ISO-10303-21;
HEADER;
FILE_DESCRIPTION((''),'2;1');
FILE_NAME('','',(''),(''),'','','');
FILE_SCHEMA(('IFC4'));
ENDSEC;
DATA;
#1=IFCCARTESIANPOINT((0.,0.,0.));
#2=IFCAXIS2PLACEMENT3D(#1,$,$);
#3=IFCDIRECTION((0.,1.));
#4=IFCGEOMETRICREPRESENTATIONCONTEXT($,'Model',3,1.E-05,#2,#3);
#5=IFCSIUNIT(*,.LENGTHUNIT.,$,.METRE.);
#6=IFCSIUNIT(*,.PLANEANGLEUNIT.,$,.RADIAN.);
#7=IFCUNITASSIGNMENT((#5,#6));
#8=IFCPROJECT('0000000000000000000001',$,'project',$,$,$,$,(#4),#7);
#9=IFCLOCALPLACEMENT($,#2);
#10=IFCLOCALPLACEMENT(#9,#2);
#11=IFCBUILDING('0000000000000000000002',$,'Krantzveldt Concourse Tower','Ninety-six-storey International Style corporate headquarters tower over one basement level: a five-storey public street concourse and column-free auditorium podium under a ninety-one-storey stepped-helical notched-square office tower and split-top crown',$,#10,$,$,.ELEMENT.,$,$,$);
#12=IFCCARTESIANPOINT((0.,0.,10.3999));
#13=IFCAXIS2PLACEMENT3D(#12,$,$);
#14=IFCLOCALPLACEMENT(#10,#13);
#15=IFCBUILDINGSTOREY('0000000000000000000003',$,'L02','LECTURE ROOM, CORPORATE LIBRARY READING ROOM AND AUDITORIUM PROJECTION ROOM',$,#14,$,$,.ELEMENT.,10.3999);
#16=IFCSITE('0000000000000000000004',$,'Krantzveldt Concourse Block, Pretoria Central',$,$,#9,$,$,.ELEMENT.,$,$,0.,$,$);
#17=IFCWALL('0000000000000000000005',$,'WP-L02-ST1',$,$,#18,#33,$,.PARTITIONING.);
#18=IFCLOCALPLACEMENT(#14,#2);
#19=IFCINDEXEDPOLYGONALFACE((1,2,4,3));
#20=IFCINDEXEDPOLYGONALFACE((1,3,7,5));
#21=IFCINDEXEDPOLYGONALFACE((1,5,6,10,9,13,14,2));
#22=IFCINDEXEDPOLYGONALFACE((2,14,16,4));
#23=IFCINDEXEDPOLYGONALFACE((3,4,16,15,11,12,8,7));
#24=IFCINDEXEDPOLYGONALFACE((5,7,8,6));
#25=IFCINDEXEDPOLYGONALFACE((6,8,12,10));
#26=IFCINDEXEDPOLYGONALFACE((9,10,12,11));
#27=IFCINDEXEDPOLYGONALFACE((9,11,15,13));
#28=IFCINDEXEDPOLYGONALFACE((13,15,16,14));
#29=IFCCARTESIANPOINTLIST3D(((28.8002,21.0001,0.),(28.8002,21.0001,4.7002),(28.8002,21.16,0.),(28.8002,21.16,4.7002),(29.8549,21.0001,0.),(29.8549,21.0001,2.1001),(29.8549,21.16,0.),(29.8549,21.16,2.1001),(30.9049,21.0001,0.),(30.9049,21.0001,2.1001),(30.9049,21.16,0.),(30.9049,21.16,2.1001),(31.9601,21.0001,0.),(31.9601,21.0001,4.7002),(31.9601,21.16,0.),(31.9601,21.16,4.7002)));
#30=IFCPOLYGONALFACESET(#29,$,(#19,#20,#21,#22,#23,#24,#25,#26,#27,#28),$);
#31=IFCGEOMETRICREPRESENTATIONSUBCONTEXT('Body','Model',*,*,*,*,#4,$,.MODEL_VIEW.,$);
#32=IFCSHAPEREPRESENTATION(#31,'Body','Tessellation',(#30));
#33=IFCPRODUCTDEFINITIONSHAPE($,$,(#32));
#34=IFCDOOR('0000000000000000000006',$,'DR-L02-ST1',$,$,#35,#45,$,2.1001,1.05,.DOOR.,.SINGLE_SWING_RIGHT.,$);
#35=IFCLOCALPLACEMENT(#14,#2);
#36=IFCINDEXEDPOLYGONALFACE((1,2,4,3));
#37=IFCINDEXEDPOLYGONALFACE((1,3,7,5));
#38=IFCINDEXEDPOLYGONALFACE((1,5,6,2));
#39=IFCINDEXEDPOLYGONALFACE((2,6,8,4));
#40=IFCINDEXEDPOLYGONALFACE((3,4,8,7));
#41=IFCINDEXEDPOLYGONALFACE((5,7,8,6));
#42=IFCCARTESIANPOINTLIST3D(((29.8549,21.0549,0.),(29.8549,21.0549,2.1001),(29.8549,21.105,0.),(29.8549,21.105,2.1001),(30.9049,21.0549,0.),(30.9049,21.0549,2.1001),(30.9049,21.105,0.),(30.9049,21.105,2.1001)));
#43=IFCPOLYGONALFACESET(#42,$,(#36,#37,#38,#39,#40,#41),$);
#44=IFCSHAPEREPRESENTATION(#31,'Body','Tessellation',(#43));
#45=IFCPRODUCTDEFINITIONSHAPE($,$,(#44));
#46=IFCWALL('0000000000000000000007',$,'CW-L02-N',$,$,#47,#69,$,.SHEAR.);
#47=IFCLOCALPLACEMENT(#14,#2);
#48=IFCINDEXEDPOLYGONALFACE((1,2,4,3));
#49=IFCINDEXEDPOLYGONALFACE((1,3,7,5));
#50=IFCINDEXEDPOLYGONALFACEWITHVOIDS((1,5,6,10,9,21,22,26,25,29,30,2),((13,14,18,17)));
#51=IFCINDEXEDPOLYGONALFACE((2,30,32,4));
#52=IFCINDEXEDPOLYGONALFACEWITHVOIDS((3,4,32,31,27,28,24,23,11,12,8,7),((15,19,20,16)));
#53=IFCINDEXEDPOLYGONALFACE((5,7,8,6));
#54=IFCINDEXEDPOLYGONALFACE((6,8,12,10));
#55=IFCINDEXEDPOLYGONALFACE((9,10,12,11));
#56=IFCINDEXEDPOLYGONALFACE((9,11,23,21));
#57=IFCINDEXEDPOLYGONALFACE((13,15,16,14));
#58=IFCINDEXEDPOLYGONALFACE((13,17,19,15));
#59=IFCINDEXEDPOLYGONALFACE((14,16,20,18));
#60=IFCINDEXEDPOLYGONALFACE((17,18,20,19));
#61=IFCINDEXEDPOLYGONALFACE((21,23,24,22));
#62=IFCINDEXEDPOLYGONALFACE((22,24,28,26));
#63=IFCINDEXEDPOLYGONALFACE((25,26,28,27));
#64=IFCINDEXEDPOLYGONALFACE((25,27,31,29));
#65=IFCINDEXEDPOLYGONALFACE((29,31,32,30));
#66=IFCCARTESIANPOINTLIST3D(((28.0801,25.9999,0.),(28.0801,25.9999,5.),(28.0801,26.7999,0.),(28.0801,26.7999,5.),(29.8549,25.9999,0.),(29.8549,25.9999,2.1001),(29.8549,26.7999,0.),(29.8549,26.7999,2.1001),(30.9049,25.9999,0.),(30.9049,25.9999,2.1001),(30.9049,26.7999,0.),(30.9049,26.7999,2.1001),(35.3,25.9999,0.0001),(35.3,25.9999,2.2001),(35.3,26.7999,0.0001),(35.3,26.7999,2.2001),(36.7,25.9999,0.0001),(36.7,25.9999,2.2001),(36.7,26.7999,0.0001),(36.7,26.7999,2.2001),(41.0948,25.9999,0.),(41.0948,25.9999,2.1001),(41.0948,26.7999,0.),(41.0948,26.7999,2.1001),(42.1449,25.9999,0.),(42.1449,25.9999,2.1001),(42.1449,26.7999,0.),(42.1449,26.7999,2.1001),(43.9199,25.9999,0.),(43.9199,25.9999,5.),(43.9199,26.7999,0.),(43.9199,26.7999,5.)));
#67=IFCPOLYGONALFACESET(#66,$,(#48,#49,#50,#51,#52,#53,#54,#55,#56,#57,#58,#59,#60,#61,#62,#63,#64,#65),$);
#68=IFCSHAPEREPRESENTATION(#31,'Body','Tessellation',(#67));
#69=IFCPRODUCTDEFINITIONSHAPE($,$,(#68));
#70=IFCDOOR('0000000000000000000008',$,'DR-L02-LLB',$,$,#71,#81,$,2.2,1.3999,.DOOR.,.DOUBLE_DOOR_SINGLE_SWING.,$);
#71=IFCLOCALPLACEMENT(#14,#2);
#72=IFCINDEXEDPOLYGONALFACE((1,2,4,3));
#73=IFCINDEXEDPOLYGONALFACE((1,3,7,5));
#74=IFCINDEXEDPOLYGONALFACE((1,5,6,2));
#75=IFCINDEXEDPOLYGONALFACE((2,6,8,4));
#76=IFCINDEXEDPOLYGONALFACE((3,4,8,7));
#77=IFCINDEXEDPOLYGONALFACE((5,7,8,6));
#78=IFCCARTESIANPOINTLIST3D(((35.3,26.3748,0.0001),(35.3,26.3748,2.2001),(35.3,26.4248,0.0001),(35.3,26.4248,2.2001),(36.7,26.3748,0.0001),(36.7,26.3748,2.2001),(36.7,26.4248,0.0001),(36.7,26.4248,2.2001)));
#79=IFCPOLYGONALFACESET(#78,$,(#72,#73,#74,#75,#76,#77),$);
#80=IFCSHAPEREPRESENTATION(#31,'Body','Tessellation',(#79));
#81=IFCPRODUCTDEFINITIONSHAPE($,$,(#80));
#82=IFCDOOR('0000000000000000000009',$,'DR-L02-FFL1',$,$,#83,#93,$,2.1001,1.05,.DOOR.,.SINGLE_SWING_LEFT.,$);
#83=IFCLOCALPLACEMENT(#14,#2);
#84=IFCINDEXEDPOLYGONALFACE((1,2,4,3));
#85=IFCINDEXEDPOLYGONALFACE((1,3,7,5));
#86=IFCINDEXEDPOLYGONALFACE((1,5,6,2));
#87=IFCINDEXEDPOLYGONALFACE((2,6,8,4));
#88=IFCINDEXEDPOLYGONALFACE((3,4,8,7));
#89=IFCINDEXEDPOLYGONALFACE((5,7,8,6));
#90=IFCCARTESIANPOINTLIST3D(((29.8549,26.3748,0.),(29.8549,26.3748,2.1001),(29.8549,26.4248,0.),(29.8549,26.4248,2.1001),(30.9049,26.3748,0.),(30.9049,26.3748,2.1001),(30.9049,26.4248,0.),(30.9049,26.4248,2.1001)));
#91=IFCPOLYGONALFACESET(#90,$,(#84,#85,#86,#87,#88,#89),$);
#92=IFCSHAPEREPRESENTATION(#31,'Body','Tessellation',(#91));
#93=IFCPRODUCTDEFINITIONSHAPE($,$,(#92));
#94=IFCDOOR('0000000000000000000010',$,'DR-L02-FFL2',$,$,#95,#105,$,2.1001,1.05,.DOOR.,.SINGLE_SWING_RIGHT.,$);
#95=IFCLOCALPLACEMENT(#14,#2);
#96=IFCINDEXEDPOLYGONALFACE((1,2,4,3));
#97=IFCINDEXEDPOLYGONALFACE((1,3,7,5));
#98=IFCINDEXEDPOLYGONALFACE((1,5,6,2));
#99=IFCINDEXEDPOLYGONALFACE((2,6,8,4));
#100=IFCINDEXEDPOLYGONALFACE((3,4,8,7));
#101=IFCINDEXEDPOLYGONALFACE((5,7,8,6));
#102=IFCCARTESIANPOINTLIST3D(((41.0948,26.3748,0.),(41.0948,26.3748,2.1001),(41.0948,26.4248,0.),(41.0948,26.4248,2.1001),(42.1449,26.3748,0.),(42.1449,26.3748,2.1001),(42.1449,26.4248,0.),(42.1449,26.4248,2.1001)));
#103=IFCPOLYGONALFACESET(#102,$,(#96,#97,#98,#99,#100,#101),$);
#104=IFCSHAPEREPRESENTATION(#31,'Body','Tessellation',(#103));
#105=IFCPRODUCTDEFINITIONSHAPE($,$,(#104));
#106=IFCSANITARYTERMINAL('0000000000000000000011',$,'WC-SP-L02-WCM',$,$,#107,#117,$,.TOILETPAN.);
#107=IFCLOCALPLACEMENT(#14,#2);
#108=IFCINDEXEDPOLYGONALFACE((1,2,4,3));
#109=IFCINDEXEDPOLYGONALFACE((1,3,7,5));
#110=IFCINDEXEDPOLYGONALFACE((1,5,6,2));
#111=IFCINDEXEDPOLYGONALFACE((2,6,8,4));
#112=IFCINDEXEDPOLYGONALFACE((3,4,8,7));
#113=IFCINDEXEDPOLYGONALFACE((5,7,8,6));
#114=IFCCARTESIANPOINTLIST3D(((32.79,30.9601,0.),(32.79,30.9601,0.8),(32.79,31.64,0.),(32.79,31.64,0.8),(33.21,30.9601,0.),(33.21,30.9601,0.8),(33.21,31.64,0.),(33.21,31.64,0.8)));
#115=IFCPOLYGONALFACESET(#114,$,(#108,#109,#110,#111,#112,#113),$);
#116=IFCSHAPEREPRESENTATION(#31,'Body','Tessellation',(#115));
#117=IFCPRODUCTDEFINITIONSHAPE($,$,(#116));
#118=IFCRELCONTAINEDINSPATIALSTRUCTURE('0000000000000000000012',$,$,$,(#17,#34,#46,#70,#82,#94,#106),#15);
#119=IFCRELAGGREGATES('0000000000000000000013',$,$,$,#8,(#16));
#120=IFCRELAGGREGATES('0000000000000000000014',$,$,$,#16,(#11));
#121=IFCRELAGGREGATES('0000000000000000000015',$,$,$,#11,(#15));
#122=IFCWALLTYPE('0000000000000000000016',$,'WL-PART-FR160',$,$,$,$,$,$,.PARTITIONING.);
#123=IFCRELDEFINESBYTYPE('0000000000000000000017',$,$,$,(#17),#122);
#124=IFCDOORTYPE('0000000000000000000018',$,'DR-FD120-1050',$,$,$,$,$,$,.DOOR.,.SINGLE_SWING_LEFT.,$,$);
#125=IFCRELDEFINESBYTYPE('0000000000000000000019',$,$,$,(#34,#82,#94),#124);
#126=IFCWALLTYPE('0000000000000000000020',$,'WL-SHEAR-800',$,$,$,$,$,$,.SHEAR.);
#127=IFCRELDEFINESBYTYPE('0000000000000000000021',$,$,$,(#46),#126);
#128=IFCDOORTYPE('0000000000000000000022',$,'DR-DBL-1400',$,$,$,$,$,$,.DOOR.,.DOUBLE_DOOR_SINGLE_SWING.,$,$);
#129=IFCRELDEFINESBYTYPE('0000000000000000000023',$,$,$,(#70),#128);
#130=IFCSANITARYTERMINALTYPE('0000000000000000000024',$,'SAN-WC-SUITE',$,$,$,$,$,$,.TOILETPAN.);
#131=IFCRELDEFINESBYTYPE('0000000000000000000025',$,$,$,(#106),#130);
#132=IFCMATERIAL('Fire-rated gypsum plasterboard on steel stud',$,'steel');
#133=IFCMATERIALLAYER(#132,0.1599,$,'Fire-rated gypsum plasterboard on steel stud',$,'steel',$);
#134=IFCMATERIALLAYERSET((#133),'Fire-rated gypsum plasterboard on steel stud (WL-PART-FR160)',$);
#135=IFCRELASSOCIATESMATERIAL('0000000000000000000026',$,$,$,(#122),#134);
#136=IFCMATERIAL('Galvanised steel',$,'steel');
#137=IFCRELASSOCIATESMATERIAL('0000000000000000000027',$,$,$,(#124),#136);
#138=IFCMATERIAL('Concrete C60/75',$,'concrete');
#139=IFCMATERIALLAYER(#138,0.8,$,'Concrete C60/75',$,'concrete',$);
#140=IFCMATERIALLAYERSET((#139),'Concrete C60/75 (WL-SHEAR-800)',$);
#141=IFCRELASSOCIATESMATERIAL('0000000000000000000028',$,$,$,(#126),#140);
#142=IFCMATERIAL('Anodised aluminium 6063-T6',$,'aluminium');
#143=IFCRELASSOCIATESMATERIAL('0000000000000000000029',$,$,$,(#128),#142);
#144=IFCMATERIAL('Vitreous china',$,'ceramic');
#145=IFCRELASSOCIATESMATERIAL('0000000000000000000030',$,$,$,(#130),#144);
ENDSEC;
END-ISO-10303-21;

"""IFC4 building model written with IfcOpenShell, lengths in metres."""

from ifc_helpers import new_model, si_unit, direction, frame, frame_2d, origin, origin_2d, place, context, subcontext, project, spatial, rectangle, extrude, source, transform, mapped, material, layer, layer_set, type_object, type_shapes, element, fill, save


model = new_model("IFC4")

# Units and contexts
model_context = context("Model", 3, precision=1e-05, world=origin(), true_north=direction((0.0, 1.0)))
body_context = subcontext(model_context, "Body", "Model", "MODEL_VIEW")
ifc_project = project(units=[si_unit("LENGTHUNIT", "METRE"), si_unit("PLANEANGLEUNIT", "RADIAN")], contexts=[model_context])

# Site, building, storey
site_placement = place(None, origin())
site = spatial("IfcSite", under=ifc_project, at=site_placement, Name="Krantzveldt Concourse Block, Pretoria Central", CompositionType="ELEMENT", RefElevation=0.0)
building_placement = place(site_placement, origin())
building = spatial("IfcBuilding", under=site, at=building_placement, Name="Krantzveldt Concourse Tower", Description="Ninety-six-storey International Style corporate headquarters tower over one basement level: a five-storey public street concourse and column-free auditorium podium under a ninety-one-storey stepped-helical notched-square office tower and split-top crown", CompositionType="ELEMENT")
storey_placement = place(building_placement, frame((0.0, 0.0, 10.3999)))
storey = spatial("IfcBuildingStorey", under=building, at=storey_placement, Name="L02", Description="LECTURE ROOM, CORPORATE LIBRARY READING ROOM AND AUDITORIUM PROJECTION ROOM", CompositionType="ELEMENT", Elevation=10.3999)

# Shared definitions
ifc_material_1 = material(Name="Concrete C60/75", Category="concrete")

# Shared definitions
ifc_material_2 = material(Name="Fire-rated gypsum plasterboard on steel stud", Category="steel")

# Shared definitions
ifc_material_3 = material(Name="Anodised aluminium 6063-T6", Category="aluminium")

# Wall, opening, door
ifc_layer_1 = layer(ifc_material_2, 0.1599, Name="Fire-rated gypsum plasterboard on steel stud", Category="steel")
ifc_layer_set_1 = layer_set([ifc_layer_1], Name="Fire-rated gypsum plasterboard on steel stud (WL-PART-FR160)")
wall_type_1 = type_object("IfcWallType", Name="WL-PART-FR160", PredefinedType="PARTITIONING", material=ifc_layer_set_1)
wall_1_placement = place(storey_placement, frame((28.8, 21.0801, 0.0), z_axis=(0.0, 0.0, 1.0), x_axis=(1.0, 0.0, 0.0)))
wall_1 = element("IfcWall", 1, at=wall_1_placement, inside=storey, type_object=wall_type_1, Name="WP-L02-ST1", PredefinedType="PARTITIONING", context=body_context, shape_type="SweptSolid", body=[
    extrude(rectangle(XDim=3.1599, YDim=0.1599, at=frame_2d((1.5801, 0.0))), origin(), (0.0, 0.0, 1.0), 4.7002),
])
opening_1_placement = place(wall_1_placement, frame((1.0549, 0.0, 0.0)))
opening_1 = element("IfcOpeningElement", 2, at=opening_1_placement, cuts=wall_1, PredefinedType="OPENING", context=body_context, shape_type="SweptSolid", body=[
    extrude(rectangle(XDim=1.05, YDim=2.1001, at=frame_2d((0.5249, 1.05))), frame((0.0, 0.0898, 0.0), z_axis=(0.0, -1.0, 0.0), x_axis=(1.0, 0.0, 0.0)), (0.0, 0.0, 1.0), 0.1799),
])
ifc_material_4 = material(Name="Galvanised steel", Category="steel")
door_type_1 = type_object("IfcDoorType", Name="DR-FD120-1050", OperationType="SINGLE_SWING_LEFT", PredefinedType="DOOR", material=ifc_material_4)
door_1_placement = place(opening_1_placement, origin())
door_1 = element("IfcDoor", 3, at=door_1_placement, inside=storey, type_object=door_type_1, Name="DR-L02-ST1", OperationType="SINGLE_SWING_RIGHT", OverallHeight=2.1001, OverallWidth=1.05, PredefinedType="DOOR", context=body_context, shape_type="SweptSolid", body=[
    extrude(rectangle(XDim=1.05, YDim=2.1001, at=frame_2d((0.5249, 1.05))), frame((0.0, 0.0249, 0.0), z_axis=(0.0, -1.0, 0.0), x_axis=(1.0, 0.0, 0.0)), (0.0, 0.0, 1.0), 0.05),
])
fill(opening_1, door_1)

# Wall, openings, doors
ifc_layer_2 = layer(ifc_material_1, 0.8, Name="Concrete C60/75", Category="concrete")
ifc_layer_set_2 = layer_set([ifc_layer_2], Name="Concrete C60/75 (WL-SHEAR-800)")
wall_type_2 = type_object("IfcWallType", Name="WL-SHEAR-800", PredefinedType="SHEAR", material=ifc_layer_set_2)
wall_2_placement = place(storey_placement, frame((28.0801, 26.3999, 0.0), z_axis=(0.0, 0.0, 1.0), x_axis=(1.0, 0.0, 0.0)))
wall_2 = element("IfcWall", 4, at=wall_2_placement, inside=storey, type_object=wall_type_2, Name="CW-L02-N", PredefinedType="SHEAR", context=body_context, shape_type="SweptSolid", body=[
    extrude(rectangle(XDim=15.8398, YDim=0.8, at=frame_2d((7.9199, 0.0))), origin(), (0.0, 0.0, 1.0), 5.0),
])
opening_2_placement = place(wall_2_placement, frame((7.22, 0.0, 0.0)))
opening_2 = element("IfcOpeningElement", 5, at=opening_2_placement, cuts=wall_2, PredefinedType="OPENING", context=body_context, shape_type="SweptSolid", body=[
    extrude(rectangle(XDim=1.3999, YDim=2.2, at=frame_2d((0.7, 1.1001))), frame((0.0, 0.4102, 0.0), z_axis=(0.0, -1.0, 0.0), x_axis=(1.0, 0.0, 0.0)), (0.0, 0.0, 1.0), 0.8201),
])
opening_3_placement = place(wall_2_placement, frame((1.7749, 0.0, 0.0)))
opening_3 = element("IfcOpeningElement", 6, at=opening_3_placement, cuts=wall_2, PredefinedType="OPENING", context=body_context, shape_type="SweptSolid", body=[
    extrude(rectangle(XDim=1.05, YDim=2.1001, at=frame_2d((0.5249, 1.05))), frame((0.0, 0.4102, 0.0), z_axis=(0.0, -1.0, 0.0), x_axis=(1.0, 0.0, 0.0)), (0.0, 0.0, 1.0), 0.8201),
])
opening_4_placement = place(wall_2_placement, frame((13.0149, 0.0, 0.0)))
opening_4 = element("IfcOpeningElement", 7, at=opening_4_placement, cuts=wall_2, PredefinedType="OPENING", context=body_context, shape_type="SweptSolid", body=[
    extrude(rectangle(XDim=1.05, YDim=2.1001, at=frame_2d((0.5249, 1.05))), frame((0.0, 0.4102, 0.0), z_axis=(0.0, -1.0, 0.0), x_axis=(1.0, 0.0, 0.0)), (0.0, 0.0, 1.0), 0.8201),
])
door_type_2 = type_object("IfcDoorType", Name="DR-DBL-1400", OperationType="DOUBLE_DOOR_SINGLE_SWING", PredefinedType="DOOR", material=ifc_material_3)
door_2_placement = place(opening_2_placement, origin())
door_2 = element("IfcDoor", 8, at=door_2_placement, inside=storey, type_object=door_type_2, Name="DR-L02-LLB", OperationType="DOUBLE_DOOR_SINGLE_SWING", OverallHeight=2.2, OverallWidth=1.3999, PredefinedType="DOOR", context=body_context, shape_type="SweptSolid", body=[
    extrude(rectangle(XDim=1.3999, YDim=2.2, at=frame_2d((0.7, 1.1001))), frame((0.0, 0.0249, 0.0), z_axis=(0.0, -1.0, 0.0), x_axis=(1.0, 0.0, 0.0)), (0.0, 0.0, 1.0), 0.05),
])
fill(opening_2, door_2)
door_3_placement = place(opening_3_placement, origin())
door_3 = element("IfcDoor", 9, at=door_3_placement, inside=storey, type_object=door_type_1, Name="DR-L02-FFL1", OperationType="SINGLE_SWING_LEFT", OverallHeight=2.1001, OverallWidth=1.05, PredefinedType="DOOR", context=body_context, shape_type="SweptSolid", body=[
    extrude(rectangle(XDim=1.05, YDim=2.1001, at=frame_2d((0.5249, 1.05))), frame((0.0, 0.0249, 0.0), z_axis=(0.0, -1.0, 0.0), x_axis=(1.0, 0.0, 0.0)), (0.0, 0.0, 1.0), 0.05),
])
fill(opening_3, door_3)
door_4_placement = place(opening_4_placement, origin())
door_4 = element("IfcDoor", 10, at=door_4_placement, inside=storey, type_object=door_type_1, Name="DR-L02-FFL2", OperationType="SINGLE_SWING_RIGHT", OverallHeight=2.1001, OverallWidth=1.05, PredefinedType="DOOR", context=body_context, shape_type="SweptSolid", body=[
    extrude(rectangle(XDim=1.05, YDim=2.1001, at=frame_2d((0.5249, 1.05))), frame((0.0, 0.0249, 0.0), z_axis=(0.0, -1.0, 0.0), x_axis=(1.0, 0.0, 0.0)), (0.0, 0.0, 1.0), 0.05),
])
fill(opening_4, door_4)

# Sanitary terminal
ifc_material_5 = material(Name="Vitreous china", Category="ceramic")
sanitary_terminal_type = type_object("IfcSanitaryTerminalType", Name="SAN-WC-SUITE", PredefinedType="TOILETPAN", material=ifc_material_5)
shared_shape_1 = source(origin(), body_context, "Body", "SweptSolid", [
    extrude(rectangle(XDim=0.4199, YDim=0.6799, at=origin_2d()), origin(), (0.0, 0.0, 1.0), 0.8),
])
type_shapes(sanitary_terminal_type, [shared_shape_1])
sanitary_terminal_placement = place(storey_placement, frame((33.0, 31.3, 0.0), z_axis=(0.0, 0.0, 1.0), x_axis=(1.0, 0.0, 0.0)))
element("IfcSanitaryTerminal", 11, at=sanitary_terminal_placement, inside=storey, type_object=sanitary_terminal_type, Name="WC-SP-L02-WCM", PredefinedType="TOILETPAN", context=body_context, shape_type="MappedRepresentation", body=[
    mapped(shared_shape_1, transform((0.0, 0.0, 0.0), x_axis=(1.0, 0.0, 0.0), y_axis=(0.0, 1.0, 0.0), z_axis=(0.0, 0.0, 1.0), scale=1.0)),
])

save(model, "model.ifc")
